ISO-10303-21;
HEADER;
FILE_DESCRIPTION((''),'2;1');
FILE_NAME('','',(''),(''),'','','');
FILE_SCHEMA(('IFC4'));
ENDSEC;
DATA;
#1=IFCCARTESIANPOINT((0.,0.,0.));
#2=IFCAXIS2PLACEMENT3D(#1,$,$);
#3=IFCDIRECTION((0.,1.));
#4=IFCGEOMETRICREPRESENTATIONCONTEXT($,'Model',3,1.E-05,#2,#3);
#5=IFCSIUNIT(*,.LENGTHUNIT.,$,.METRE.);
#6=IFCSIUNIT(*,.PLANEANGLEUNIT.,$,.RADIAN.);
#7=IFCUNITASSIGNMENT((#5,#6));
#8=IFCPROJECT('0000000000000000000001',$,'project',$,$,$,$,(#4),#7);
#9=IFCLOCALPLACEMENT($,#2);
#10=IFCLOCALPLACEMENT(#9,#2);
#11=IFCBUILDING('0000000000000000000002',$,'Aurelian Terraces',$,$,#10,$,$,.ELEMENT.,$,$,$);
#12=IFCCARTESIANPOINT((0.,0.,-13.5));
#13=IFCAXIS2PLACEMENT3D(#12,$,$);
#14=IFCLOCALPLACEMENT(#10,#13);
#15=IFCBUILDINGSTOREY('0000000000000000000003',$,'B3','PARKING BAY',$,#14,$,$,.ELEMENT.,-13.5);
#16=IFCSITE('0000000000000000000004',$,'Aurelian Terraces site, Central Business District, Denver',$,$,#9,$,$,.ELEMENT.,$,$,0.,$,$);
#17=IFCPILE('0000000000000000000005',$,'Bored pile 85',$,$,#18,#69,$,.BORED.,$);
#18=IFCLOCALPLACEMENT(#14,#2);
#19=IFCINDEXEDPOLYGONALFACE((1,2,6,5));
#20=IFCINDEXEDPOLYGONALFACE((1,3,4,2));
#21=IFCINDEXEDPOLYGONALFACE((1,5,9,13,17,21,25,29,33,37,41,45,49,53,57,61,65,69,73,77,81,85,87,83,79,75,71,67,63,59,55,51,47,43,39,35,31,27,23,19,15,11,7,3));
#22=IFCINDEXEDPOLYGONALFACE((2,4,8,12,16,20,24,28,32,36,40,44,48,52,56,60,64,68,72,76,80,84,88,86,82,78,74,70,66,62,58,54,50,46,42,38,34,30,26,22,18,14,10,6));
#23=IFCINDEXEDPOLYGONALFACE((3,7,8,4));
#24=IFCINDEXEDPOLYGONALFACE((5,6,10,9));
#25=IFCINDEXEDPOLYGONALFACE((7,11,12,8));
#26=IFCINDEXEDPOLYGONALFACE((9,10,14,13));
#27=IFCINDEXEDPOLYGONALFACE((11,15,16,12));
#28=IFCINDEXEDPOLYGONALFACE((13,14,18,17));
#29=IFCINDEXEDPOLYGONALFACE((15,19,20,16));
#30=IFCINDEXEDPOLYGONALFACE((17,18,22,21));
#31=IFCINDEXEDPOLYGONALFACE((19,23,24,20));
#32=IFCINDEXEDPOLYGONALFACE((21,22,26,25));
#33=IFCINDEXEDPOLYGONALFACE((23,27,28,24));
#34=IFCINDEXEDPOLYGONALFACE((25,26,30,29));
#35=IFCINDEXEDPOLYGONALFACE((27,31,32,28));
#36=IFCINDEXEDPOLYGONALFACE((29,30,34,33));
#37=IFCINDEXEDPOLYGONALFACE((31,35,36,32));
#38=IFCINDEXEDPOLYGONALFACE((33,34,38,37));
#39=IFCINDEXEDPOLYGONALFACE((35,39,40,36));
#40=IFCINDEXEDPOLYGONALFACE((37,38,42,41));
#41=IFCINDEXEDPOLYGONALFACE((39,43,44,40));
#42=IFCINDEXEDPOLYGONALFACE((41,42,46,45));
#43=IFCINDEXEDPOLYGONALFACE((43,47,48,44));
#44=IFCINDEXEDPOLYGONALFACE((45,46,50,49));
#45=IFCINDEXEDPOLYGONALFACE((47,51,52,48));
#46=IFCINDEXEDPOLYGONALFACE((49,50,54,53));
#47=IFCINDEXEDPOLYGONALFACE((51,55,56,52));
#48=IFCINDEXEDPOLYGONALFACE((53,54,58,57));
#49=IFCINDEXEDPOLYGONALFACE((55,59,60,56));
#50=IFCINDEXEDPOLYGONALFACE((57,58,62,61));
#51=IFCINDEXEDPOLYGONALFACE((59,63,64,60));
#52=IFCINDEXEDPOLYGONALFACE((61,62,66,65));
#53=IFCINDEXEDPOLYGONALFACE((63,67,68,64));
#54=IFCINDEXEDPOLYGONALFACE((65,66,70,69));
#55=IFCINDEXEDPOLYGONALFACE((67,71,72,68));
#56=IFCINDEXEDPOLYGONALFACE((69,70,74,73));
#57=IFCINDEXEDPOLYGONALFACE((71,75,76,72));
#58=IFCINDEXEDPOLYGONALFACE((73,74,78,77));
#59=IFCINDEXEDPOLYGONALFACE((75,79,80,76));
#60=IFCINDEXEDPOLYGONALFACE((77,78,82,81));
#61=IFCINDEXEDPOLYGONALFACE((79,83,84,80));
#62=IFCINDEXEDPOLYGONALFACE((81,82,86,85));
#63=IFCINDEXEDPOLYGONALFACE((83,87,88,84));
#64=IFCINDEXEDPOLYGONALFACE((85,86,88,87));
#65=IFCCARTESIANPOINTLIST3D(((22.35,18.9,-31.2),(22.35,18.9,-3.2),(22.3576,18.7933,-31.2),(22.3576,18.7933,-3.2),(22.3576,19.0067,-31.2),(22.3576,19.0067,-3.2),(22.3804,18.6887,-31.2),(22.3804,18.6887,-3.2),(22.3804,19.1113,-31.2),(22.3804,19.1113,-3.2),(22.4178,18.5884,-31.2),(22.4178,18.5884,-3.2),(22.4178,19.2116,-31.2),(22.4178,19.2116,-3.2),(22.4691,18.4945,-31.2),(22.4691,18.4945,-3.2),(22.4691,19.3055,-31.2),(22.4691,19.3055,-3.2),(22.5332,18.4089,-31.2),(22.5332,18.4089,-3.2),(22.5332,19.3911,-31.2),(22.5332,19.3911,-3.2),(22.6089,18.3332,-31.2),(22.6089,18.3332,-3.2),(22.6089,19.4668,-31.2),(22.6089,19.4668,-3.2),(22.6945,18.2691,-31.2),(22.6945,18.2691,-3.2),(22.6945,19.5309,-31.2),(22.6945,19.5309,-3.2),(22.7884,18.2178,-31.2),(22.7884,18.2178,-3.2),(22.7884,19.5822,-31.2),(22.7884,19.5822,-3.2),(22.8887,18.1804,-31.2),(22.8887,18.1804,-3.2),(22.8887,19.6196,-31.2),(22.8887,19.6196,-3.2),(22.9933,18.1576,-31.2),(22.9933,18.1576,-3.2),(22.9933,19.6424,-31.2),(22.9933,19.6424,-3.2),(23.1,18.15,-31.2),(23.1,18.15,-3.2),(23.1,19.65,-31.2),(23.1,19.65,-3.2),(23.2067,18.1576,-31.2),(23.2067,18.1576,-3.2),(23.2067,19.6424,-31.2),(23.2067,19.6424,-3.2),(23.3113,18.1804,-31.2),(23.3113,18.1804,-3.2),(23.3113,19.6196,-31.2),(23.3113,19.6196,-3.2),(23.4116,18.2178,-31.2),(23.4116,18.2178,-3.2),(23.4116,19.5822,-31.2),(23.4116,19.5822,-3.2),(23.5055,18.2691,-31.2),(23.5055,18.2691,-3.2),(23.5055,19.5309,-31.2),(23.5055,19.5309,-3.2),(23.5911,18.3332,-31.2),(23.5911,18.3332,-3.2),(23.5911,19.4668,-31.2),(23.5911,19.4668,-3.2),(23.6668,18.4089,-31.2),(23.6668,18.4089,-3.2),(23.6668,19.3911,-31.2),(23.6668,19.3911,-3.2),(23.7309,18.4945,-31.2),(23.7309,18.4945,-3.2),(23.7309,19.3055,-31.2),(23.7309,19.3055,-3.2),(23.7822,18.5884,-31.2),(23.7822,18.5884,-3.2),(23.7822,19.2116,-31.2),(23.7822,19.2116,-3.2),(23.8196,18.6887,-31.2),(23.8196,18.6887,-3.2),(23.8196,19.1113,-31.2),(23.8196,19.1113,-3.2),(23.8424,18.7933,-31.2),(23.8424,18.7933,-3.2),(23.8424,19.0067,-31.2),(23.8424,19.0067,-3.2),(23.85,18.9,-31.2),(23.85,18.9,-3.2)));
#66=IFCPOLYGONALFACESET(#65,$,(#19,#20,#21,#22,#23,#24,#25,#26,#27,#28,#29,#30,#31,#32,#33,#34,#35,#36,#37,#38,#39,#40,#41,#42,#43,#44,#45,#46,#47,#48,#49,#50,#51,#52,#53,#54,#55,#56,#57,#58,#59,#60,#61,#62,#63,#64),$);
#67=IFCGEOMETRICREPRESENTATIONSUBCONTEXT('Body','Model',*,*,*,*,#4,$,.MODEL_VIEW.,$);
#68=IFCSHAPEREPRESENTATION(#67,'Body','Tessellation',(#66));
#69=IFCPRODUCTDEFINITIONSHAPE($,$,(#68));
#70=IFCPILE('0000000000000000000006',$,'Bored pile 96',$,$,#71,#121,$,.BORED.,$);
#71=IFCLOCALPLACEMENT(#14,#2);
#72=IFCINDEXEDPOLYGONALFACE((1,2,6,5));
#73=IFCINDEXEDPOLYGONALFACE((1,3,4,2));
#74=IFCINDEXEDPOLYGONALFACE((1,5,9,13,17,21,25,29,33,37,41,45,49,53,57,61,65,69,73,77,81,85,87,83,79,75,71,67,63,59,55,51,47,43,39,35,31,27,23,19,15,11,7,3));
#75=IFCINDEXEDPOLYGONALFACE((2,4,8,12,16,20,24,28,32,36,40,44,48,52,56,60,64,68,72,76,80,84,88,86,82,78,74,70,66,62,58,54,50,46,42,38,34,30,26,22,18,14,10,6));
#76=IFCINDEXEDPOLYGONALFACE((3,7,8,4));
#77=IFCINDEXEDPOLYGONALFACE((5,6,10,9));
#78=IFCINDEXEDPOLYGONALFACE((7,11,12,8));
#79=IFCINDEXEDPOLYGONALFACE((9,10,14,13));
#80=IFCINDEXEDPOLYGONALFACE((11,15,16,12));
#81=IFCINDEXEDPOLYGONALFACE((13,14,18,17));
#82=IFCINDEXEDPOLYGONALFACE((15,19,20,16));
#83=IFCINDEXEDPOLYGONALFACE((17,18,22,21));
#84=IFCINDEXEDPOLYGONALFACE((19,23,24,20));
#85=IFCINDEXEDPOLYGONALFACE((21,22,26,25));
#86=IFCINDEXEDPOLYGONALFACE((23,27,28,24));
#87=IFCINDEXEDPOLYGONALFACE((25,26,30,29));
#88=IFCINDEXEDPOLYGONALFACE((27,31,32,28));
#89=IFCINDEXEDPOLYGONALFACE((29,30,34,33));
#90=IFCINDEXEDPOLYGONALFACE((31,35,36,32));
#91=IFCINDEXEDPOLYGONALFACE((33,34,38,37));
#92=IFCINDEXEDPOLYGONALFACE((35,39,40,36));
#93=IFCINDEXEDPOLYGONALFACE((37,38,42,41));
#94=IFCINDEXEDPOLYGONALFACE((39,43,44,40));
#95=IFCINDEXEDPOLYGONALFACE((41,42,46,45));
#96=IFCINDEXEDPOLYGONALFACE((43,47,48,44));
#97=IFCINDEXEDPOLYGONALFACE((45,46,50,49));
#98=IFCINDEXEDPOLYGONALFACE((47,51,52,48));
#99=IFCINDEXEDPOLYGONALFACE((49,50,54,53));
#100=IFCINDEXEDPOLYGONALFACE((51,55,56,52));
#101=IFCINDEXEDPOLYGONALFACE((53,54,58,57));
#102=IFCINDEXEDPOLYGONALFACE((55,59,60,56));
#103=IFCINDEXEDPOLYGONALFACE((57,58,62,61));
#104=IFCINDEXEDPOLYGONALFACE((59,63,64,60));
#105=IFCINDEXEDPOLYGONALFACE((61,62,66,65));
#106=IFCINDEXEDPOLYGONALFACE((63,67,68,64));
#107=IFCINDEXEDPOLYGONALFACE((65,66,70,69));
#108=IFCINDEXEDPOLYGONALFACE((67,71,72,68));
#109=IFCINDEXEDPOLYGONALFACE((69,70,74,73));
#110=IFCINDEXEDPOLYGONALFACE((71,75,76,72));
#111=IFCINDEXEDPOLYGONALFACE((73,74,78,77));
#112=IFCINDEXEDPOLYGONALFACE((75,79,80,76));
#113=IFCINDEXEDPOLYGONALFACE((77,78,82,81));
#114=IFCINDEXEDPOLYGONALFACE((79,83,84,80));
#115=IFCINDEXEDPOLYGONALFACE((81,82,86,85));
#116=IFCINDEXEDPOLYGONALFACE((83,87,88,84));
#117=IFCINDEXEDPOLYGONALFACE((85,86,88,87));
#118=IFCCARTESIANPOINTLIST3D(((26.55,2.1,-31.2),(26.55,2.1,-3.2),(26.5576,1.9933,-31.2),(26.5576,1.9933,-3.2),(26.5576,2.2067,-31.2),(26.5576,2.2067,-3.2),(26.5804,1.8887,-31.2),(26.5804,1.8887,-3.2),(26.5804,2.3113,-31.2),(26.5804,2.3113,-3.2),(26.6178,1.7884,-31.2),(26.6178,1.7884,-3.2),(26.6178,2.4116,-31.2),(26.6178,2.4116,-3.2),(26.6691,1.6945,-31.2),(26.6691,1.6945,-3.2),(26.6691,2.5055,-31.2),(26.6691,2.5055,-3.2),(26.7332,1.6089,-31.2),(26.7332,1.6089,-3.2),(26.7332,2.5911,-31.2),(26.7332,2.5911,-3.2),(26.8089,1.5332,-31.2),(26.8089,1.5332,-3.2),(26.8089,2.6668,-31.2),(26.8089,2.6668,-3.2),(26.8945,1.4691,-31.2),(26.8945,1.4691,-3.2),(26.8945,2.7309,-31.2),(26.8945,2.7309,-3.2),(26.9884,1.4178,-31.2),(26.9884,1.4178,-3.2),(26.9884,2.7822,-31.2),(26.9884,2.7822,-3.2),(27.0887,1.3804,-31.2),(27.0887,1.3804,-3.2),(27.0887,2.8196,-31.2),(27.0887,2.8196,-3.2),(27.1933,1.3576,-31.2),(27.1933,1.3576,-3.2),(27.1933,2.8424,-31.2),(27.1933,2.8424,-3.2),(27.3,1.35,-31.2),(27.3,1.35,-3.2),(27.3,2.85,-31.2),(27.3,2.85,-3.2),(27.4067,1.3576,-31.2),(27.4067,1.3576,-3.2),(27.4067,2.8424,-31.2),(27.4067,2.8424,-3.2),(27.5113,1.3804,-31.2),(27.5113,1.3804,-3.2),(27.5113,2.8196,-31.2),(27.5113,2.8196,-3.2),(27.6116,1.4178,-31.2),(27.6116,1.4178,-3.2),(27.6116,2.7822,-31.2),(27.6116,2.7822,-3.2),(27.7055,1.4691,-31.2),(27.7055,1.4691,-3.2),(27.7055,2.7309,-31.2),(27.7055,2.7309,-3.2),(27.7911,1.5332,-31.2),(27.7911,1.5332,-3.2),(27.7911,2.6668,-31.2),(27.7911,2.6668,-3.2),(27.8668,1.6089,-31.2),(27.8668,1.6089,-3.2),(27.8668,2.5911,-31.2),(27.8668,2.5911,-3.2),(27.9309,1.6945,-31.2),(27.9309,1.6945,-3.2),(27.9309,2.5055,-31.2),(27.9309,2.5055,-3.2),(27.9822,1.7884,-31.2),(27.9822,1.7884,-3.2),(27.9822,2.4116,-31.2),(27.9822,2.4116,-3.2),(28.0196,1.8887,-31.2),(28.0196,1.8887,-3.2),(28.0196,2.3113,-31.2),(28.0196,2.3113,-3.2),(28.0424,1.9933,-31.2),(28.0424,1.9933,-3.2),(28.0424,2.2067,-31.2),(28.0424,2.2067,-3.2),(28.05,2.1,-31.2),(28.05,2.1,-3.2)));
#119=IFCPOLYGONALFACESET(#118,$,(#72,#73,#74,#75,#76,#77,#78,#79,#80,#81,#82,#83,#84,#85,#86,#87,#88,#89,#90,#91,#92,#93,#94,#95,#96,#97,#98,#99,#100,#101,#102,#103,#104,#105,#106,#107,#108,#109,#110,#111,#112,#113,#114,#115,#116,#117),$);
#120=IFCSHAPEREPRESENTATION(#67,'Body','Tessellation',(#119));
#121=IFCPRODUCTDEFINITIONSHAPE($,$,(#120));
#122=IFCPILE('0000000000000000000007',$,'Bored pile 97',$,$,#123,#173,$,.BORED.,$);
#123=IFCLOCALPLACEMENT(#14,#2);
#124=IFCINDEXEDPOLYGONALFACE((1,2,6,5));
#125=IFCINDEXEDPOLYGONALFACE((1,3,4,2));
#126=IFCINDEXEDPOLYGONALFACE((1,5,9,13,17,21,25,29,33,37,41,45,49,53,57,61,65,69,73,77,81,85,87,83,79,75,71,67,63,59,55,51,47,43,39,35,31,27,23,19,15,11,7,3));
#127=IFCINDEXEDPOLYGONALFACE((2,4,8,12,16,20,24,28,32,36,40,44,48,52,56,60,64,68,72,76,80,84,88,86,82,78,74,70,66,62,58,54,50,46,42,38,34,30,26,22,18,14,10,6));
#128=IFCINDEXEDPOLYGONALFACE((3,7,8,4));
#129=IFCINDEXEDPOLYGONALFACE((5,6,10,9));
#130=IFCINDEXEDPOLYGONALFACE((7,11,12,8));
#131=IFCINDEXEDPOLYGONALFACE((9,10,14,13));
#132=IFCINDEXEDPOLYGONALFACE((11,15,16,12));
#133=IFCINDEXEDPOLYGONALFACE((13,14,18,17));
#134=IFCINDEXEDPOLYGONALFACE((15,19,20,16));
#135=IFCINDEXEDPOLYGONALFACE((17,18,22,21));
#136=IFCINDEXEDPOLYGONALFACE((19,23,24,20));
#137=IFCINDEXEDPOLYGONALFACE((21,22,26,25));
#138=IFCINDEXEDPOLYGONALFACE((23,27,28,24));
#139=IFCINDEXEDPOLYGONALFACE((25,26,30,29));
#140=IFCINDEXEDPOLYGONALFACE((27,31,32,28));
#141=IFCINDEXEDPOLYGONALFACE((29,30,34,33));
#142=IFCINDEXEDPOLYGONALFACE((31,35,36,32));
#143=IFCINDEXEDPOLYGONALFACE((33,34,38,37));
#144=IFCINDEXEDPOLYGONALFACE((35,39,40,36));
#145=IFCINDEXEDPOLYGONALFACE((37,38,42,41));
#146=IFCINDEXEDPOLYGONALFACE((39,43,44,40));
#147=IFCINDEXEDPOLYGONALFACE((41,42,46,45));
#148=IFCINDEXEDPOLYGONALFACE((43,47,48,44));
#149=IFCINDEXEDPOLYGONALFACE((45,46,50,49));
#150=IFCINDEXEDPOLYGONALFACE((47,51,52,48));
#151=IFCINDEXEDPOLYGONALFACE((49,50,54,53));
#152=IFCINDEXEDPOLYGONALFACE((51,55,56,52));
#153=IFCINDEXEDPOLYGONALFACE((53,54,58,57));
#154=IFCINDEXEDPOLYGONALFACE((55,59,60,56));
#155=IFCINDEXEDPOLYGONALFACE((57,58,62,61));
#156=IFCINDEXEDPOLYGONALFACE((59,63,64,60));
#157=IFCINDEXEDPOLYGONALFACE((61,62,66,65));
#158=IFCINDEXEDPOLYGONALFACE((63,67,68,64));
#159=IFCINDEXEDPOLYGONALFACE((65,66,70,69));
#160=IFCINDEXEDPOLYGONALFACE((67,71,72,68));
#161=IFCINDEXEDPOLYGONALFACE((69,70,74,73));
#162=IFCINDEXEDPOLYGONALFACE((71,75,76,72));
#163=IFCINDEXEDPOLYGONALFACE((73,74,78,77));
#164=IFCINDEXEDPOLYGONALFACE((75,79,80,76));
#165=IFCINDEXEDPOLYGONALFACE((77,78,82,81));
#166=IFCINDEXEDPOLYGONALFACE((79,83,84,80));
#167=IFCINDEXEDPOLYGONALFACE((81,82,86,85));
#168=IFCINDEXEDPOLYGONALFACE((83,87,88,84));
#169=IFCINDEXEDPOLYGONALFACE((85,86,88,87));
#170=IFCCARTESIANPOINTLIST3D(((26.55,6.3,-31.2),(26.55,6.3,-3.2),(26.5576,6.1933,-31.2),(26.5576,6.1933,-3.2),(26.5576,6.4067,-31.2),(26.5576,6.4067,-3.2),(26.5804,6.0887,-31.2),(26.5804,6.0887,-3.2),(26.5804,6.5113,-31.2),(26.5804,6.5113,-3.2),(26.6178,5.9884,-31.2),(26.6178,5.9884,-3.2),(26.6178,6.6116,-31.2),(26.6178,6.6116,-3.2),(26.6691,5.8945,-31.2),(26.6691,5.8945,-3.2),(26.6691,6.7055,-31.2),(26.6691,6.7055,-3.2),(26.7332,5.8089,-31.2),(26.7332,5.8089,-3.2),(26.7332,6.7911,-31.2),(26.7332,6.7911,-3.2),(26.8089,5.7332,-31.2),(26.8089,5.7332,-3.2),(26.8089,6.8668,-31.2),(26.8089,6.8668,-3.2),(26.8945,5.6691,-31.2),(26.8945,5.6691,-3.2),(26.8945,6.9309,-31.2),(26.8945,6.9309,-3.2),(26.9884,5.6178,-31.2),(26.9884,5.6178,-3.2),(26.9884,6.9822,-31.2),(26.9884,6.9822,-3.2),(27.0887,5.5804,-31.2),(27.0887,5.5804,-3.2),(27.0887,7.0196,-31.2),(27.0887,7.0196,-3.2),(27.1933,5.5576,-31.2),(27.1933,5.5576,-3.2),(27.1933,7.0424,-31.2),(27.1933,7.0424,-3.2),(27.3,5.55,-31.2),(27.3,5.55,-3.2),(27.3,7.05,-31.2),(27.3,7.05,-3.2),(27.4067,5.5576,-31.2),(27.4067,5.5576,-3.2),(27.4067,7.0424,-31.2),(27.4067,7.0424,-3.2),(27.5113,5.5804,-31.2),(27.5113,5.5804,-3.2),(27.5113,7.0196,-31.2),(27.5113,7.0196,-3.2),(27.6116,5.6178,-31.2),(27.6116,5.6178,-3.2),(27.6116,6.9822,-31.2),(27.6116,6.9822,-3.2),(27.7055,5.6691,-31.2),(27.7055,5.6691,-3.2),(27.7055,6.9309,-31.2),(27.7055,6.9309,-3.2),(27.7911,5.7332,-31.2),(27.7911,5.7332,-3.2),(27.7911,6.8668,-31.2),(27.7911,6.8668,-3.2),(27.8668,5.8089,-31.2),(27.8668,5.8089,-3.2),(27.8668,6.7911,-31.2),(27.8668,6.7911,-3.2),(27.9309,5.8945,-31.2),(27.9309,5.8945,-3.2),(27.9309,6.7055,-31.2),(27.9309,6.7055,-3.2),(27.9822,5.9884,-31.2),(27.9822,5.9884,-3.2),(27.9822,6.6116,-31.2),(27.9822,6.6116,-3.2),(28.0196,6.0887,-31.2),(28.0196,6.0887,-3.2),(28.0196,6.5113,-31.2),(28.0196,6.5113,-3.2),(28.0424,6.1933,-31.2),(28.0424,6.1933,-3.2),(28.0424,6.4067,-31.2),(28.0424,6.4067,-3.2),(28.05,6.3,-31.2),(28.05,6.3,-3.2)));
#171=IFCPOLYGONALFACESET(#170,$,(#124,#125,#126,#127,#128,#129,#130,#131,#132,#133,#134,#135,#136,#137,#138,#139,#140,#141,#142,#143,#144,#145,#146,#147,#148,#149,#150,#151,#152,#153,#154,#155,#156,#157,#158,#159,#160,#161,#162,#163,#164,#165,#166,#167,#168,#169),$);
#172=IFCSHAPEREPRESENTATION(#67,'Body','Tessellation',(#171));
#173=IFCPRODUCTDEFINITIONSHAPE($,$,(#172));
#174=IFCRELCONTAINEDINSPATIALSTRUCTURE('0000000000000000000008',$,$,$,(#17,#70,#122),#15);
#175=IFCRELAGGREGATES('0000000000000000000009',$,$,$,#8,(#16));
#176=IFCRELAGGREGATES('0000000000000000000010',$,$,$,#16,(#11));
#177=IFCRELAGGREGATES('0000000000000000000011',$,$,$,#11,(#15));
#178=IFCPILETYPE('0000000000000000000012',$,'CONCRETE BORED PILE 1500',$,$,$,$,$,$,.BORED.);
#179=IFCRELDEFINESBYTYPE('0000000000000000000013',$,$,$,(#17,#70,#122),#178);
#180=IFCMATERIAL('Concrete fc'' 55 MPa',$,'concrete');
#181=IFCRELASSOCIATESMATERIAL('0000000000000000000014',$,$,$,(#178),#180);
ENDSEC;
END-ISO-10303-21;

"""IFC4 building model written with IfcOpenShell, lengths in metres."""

from ifc_helpers import new_model, si_unit, direction, frame, origin, origin_2d, place, context, subcontext, project, spatial, circle, extrude, source, transform, mapped, material, material_profile, profile_set, type_object, element, save


model = new_model("IFC4")

# Units and contexts
model_context = context("Model", 3, precision=1e-05, world=origin(), true_north=direction((0.0, 1.0)))
body_context = subcontext(model_context, "Body", "Model", "MODEL_VIEW")
ifc_project = project(units=[si_unit("LENGTHUNIT", "METRE"), si_unit("PLANEANGLEUNIT", "RADIAN")], contexts=[model_context])

# Site, building, storey
site_placement = place(None, origin())
site = spatial("IfcSite", under=ifc_project, at=site_placement, Name="Aurelian Terraces site, Central Business District, Denver", CompositionType="ELEMENT", RefElevation=0.0)
building_placement = place(site_placement, origin())
building = spatial("IfcBuilding", under=site, at=building_placement, Name="Aurelian Terraces", CompositionType="ELEMENT")
storey_placement = place(building_placement, frame((0.0, 0.0, -13.5)))
storey = spatial("IfcBuildingStorey", under=building, at=storey_placement, Name="B3", Description="PARKING BAY", CompositionType="ELEMENT", Elevation=-13.5)

# Piles
ifc_material_1 = material(Name="Concrete fc' 55 MPa", Category="concrete")
ifc_material_profile_1 = material_profile(ifc_material_1, circle(Radius=0.75, at=origin_2d()))
ifc_profile_set_1 = profile_set([ifc_material_profile_1], Name="Concrete fc' 55 MPa")
pile_type = type_object("IfcPileType", Name="CONCRETE BORED PILE 1500", PredefinedType="BORED", material=ifc_profile_set_1)
shared_shape_1 = source(origin(), body_context, "Body", "SweptSolid", [
    extrude(circle(Radius=0.75, at=origin_2d()), origin(), (0.0, 0.0, 1.0), 28.0),
])
for number, where, z_axis, x_axis, name in (
    (1, (23.1, 18.9, -3.2), (0.0, 0.0, -1.0), (1.0, 0.0, 0.0), "Bored pile 85"),
    (2, (27.3, 2.1, -3.2), (0.0, 0.0, -1.0), (1.0, 0.0, 0.0), "Bored pile 96"),
    (3, (27.3, 6.3, -3.2), (0.0, 0.0, -1.0), (1.0, 0.0, 0.0), "Bored pile 97"),
):
    element("IfcPile", number, at=place(storey_placement, frame(where, z_axis=z_axis, x_axis=x_axis)), inside=storey, type_object=pile_type, Name=name, PredefinedType="BORED", context=body_context, shape_type="MappedRepresentation", body=[
        mapped(shared_shape_1, transform((0.0, 0.0, 0.0), scale=1.0)),
    ])

save(model, "model.ifc")
